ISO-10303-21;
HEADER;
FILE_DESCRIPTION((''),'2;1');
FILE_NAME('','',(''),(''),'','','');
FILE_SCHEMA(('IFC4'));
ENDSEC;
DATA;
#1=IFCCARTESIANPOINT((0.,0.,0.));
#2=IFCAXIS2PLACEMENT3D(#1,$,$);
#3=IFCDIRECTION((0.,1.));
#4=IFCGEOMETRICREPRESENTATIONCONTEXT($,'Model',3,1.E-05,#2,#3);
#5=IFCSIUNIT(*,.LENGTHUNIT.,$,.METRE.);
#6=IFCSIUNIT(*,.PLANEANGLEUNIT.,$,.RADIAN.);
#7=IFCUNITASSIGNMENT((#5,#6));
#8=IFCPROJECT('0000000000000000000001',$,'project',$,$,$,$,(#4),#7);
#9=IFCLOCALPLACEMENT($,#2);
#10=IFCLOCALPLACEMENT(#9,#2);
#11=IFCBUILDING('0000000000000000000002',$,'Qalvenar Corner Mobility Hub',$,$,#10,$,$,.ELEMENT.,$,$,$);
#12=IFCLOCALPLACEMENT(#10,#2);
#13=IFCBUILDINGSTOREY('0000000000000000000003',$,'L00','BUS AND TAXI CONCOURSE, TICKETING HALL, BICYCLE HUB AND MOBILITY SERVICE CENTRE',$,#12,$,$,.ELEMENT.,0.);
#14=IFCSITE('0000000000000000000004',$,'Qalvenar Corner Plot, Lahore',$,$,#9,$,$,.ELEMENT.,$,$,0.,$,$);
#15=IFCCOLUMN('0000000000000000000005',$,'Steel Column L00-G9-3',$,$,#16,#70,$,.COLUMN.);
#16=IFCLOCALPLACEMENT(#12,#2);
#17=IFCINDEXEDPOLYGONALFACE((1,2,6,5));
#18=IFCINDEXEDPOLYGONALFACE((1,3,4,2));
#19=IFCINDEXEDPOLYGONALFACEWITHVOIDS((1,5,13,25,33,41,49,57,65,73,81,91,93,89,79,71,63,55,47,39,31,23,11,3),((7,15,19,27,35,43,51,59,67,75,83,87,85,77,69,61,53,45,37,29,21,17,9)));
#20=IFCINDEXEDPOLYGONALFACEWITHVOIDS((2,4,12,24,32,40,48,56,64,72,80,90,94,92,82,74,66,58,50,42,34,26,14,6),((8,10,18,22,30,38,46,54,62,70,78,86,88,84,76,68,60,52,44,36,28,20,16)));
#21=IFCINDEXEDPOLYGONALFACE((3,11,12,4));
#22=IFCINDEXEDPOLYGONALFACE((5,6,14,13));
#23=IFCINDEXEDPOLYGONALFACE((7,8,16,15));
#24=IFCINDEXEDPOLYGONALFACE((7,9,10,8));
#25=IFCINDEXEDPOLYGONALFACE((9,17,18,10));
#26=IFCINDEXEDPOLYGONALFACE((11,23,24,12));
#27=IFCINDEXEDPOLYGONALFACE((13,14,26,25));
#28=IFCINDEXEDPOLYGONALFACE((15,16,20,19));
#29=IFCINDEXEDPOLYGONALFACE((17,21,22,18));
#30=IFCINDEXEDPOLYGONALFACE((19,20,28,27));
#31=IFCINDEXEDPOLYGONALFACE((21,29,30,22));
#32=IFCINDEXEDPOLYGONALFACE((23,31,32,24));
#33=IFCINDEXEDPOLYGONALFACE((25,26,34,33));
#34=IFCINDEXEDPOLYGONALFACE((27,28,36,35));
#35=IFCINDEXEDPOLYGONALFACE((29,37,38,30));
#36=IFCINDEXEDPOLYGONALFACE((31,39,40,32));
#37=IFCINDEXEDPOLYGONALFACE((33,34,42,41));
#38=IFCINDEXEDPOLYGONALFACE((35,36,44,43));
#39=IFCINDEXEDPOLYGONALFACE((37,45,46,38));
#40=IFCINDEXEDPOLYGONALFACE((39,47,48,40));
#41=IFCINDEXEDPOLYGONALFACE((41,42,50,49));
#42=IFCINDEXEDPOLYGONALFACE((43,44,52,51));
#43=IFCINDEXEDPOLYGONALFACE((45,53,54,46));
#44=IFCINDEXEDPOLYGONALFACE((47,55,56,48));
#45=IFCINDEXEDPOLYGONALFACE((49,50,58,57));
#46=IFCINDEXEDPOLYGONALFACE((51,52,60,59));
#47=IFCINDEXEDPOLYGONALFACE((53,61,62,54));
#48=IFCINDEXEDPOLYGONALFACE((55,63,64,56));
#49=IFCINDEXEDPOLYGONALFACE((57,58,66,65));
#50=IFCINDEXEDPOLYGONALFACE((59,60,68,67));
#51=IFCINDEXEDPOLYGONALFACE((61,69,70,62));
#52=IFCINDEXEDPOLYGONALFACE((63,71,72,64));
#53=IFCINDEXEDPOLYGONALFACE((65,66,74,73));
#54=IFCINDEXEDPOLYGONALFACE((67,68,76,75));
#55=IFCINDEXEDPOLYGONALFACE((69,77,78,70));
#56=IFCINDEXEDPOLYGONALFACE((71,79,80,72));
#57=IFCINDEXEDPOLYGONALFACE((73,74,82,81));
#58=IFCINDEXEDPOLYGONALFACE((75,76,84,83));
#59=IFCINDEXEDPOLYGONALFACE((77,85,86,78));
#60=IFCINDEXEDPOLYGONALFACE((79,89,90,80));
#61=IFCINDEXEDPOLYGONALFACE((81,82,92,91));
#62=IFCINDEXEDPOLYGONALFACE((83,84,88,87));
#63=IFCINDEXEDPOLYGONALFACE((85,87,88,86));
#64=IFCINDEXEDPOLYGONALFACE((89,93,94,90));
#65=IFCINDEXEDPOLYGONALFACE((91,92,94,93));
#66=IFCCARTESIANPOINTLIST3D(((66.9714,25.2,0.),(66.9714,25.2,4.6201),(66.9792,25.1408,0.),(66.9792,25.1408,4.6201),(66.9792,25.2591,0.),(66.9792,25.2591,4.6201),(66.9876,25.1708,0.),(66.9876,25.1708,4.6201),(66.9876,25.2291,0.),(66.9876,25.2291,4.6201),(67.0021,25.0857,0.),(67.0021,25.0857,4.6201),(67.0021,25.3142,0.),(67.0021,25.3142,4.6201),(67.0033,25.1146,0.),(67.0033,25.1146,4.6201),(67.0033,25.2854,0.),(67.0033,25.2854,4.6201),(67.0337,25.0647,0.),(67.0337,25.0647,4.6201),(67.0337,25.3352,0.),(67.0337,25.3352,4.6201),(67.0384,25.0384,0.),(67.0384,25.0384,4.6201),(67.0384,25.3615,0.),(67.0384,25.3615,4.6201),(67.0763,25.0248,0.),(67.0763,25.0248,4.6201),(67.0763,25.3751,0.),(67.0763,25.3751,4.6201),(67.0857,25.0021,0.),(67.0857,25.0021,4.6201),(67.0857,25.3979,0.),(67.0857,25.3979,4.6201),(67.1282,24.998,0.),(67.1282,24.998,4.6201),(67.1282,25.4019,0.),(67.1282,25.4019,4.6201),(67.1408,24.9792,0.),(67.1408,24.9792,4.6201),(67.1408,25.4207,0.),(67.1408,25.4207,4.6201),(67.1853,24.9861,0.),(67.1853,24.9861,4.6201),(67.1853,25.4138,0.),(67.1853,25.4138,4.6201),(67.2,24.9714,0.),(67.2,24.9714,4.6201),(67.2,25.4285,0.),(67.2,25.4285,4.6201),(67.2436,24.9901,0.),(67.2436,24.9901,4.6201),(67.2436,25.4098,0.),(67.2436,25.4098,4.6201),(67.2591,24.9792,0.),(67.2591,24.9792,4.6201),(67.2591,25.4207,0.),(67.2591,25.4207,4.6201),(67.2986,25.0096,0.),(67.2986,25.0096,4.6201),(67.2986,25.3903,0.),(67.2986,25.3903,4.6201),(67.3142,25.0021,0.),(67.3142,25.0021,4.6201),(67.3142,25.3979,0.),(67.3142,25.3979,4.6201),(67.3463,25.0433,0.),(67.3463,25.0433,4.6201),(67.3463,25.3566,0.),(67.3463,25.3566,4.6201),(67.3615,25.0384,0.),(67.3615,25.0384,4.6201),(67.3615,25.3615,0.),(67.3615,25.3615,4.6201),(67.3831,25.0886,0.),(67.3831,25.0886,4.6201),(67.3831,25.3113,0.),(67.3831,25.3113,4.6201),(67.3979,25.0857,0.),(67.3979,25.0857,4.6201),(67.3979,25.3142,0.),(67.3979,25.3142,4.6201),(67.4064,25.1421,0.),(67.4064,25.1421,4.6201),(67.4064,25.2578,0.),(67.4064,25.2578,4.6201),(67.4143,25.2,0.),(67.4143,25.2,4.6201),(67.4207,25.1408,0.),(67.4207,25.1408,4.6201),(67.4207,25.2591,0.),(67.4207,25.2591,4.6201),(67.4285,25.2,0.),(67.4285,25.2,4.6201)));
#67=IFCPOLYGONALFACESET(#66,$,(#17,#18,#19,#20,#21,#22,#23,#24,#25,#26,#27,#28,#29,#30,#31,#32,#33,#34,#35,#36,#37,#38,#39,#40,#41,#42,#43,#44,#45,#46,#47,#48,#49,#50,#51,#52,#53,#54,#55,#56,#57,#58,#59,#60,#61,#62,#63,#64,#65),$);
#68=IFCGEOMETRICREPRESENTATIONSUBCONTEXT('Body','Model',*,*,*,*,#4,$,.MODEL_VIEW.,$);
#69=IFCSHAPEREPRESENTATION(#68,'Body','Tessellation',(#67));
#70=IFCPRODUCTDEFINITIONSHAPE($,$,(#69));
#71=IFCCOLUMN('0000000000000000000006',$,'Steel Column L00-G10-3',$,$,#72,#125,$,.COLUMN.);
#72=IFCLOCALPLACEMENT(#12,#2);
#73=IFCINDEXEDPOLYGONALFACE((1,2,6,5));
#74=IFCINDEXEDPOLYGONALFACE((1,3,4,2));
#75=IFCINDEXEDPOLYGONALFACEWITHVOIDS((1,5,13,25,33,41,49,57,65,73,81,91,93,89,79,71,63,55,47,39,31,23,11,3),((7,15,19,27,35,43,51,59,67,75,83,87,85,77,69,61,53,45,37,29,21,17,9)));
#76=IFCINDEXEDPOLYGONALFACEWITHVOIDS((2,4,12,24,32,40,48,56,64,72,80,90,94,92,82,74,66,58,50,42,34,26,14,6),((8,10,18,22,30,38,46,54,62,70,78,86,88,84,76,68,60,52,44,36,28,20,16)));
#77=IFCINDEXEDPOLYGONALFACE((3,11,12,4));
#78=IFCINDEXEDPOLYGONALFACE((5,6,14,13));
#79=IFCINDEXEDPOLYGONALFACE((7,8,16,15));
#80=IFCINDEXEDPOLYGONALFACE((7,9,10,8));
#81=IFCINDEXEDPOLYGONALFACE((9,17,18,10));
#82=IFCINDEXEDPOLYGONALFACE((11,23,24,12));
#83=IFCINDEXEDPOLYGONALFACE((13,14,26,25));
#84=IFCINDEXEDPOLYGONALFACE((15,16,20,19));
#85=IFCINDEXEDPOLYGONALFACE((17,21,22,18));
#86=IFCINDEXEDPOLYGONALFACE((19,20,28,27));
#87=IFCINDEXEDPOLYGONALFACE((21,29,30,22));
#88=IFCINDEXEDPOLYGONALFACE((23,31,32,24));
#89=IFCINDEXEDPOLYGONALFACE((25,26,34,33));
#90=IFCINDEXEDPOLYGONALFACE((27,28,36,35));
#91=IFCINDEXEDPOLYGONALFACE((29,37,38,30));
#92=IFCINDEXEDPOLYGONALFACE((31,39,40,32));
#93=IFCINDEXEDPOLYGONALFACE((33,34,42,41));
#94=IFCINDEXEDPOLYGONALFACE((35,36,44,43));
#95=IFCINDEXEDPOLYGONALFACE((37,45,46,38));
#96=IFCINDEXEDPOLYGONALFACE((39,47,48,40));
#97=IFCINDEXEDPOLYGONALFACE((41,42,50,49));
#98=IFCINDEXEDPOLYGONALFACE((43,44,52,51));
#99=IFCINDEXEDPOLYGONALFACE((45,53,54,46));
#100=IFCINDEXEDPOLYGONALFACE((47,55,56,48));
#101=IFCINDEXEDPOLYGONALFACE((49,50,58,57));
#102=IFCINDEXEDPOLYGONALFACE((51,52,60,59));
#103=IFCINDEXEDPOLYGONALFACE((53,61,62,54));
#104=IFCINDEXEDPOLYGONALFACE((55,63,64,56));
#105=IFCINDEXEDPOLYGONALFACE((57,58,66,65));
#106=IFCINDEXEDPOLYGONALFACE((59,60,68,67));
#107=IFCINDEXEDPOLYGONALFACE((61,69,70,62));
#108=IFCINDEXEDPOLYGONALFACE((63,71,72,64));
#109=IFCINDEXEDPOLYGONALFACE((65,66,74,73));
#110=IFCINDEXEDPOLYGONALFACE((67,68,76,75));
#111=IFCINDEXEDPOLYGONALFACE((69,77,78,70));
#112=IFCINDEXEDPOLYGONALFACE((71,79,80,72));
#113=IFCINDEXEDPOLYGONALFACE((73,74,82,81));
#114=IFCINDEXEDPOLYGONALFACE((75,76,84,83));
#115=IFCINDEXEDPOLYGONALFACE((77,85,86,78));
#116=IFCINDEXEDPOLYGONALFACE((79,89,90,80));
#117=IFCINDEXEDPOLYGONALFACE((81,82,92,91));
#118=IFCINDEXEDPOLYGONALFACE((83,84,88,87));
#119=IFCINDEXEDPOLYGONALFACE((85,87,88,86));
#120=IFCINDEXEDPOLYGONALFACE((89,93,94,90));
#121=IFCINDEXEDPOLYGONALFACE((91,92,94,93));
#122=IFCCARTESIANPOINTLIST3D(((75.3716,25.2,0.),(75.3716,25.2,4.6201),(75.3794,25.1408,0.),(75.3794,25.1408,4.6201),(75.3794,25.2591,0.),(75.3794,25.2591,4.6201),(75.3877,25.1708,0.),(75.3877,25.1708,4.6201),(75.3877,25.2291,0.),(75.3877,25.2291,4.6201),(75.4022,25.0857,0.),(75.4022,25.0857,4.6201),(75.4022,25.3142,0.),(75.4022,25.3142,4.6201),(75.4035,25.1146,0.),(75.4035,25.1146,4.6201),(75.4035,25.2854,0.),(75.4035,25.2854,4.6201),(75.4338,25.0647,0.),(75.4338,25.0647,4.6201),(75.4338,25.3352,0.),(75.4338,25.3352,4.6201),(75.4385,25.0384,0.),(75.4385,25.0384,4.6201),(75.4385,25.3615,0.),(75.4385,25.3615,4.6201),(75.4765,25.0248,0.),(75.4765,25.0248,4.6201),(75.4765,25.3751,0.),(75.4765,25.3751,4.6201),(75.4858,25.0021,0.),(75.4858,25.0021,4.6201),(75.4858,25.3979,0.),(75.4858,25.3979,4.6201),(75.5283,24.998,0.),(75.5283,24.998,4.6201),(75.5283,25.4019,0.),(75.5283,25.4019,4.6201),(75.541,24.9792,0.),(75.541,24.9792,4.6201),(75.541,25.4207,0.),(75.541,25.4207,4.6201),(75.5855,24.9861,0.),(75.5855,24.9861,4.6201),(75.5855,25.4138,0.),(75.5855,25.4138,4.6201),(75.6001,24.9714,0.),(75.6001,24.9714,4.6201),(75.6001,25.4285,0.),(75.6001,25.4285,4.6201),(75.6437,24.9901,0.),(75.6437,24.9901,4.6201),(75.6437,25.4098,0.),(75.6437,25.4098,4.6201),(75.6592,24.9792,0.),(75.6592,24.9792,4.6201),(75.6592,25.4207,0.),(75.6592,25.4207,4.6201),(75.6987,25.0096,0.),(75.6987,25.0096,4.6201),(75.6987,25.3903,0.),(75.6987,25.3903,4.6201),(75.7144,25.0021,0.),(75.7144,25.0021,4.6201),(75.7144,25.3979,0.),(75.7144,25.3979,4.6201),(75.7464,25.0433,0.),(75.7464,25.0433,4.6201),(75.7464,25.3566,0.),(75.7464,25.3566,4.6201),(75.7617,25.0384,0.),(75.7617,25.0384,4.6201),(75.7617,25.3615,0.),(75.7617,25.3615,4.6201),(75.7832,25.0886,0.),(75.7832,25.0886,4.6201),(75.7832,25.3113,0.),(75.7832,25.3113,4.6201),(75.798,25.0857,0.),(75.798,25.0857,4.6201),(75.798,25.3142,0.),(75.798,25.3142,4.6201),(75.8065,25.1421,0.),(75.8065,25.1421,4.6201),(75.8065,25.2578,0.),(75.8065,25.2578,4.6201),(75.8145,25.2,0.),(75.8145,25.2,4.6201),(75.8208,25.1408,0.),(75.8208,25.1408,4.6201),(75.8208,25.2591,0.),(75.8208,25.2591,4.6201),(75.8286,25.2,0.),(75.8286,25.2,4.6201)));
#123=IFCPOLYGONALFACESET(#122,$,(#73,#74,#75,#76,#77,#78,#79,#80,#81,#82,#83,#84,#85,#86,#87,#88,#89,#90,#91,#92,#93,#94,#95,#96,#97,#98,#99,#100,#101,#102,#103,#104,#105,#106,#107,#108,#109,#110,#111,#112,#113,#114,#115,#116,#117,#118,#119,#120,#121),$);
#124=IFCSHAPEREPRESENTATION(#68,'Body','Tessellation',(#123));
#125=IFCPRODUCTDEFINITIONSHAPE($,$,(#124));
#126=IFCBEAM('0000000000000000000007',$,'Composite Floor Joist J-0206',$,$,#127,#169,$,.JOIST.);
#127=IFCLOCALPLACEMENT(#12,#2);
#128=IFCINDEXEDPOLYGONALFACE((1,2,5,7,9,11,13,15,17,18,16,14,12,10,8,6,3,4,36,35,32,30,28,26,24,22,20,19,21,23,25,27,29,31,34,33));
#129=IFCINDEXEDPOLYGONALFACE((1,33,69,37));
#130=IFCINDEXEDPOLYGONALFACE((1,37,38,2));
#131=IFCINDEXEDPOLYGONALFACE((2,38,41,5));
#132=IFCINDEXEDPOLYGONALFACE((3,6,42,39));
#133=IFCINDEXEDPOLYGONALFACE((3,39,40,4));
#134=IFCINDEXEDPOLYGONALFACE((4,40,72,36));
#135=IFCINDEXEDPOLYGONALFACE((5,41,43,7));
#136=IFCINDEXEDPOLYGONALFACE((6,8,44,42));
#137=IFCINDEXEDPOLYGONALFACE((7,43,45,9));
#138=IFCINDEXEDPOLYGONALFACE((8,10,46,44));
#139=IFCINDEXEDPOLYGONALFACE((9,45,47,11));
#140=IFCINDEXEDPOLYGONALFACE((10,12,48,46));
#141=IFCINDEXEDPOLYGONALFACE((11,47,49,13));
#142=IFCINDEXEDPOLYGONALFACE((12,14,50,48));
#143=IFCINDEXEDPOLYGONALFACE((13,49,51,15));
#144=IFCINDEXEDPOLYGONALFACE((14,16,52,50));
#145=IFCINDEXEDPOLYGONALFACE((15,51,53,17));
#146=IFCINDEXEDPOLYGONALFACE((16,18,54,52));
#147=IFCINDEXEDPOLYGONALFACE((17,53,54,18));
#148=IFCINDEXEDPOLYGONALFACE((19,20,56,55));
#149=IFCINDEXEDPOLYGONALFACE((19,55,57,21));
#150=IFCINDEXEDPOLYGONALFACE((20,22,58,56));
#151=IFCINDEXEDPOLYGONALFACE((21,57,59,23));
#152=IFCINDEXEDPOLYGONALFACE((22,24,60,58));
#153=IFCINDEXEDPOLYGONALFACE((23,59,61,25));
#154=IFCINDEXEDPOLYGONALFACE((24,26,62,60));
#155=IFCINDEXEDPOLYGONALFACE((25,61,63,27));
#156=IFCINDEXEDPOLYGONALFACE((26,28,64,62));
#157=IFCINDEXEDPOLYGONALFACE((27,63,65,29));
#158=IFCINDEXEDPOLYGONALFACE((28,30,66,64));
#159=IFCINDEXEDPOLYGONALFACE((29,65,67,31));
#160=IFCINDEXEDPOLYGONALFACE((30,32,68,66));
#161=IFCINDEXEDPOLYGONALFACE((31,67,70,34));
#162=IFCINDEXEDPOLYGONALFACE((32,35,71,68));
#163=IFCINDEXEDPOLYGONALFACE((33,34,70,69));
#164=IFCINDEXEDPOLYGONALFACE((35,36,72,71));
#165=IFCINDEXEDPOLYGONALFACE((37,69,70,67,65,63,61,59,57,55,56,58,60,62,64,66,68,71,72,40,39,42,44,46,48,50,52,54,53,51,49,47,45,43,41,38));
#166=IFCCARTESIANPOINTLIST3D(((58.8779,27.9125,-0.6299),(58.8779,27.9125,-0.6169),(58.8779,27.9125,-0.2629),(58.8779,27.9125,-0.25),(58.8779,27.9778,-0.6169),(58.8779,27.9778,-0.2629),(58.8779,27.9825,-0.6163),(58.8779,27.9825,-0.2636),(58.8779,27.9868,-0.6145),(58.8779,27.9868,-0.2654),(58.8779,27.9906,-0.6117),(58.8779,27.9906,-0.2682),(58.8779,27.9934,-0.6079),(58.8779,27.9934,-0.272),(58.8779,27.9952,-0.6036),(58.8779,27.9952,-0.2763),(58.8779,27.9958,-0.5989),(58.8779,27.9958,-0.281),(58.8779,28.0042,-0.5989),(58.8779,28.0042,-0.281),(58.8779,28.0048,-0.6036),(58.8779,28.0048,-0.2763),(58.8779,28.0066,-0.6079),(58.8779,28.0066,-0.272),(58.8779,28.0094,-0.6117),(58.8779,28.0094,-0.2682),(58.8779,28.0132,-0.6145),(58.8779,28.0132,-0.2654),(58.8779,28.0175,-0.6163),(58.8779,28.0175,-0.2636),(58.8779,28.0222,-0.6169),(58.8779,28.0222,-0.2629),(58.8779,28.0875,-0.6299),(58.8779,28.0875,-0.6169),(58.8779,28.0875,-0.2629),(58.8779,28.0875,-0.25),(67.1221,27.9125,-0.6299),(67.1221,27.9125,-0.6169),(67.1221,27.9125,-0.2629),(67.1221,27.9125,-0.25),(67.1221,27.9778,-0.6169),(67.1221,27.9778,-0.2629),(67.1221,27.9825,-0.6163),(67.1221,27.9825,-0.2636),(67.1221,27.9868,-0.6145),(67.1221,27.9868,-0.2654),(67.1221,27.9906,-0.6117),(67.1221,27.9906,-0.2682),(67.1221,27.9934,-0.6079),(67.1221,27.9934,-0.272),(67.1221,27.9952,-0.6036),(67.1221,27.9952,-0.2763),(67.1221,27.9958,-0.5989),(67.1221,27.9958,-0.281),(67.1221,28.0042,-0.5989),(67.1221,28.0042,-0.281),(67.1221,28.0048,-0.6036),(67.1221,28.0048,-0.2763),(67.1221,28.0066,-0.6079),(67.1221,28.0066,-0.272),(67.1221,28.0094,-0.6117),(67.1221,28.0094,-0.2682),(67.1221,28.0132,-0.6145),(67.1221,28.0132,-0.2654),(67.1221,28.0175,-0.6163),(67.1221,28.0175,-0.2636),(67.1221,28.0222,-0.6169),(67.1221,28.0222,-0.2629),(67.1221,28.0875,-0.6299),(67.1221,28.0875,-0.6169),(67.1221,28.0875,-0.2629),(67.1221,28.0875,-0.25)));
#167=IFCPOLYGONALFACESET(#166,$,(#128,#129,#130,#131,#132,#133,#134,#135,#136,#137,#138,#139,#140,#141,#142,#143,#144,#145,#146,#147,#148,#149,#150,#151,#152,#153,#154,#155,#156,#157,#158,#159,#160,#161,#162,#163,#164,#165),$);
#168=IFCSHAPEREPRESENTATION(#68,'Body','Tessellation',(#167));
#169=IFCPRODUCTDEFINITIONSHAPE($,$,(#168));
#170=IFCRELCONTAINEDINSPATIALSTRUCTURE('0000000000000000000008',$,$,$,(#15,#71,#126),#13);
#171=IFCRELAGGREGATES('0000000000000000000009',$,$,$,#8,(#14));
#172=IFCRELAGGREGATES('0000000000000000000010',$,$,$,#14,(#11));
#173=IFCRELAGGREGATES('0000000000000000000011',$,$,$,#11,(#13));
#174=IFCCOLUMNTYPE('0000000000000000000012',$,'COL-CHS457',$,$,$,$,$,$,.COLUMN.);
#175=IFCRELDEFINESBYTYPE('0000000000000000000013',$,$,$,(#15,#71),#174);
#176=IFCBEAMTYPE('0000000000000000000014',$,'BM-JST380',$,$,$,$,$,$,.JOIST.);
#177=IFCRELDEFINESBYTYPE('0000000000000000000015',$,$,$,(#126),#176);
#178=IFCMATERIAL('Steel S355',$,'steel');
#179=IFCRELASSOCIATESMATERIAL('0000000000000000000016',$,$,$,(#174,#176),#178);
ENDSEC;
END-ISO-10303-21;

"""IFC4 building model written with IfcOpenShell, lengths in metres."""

from ifc_helpers import new_model, si_unit, direction, frame, origin, origin_2d, place, context, subcontext, project, spatial, hollow_circle, i_section, extrude, material, material_profile, profile_set, type_object, element, save


model = new_model("IFC4")

# Units and contexts
model_context = context("Model", 3, precision=1e-05, world=origin(), true_north=direction((0.0, 1.0)))
body_context = subcontext(model_context, "Body", "Model", "MODEL_VIEW")
ifc_project = project(units=[si_unit("LENGTHUNIT", "METRE"), si_unit("PLANEANGLEUNIT", "RADIAN")], contexts=[model_context])

# Site, building, storey
site_placement = place(None, origin())
site = spatial("IfcSite", under=ifc_project, at=site_placement, Name="Qalvenar Corner Plot, Lahore", CompositionType="ELEMENT", RefElevation=0.0)
building_placement = place(site_placement, origin())
building = spatial("IfcBuilding", under=site, at=building_placement, Name="Qalvenar Corner Mobility Hub", CompositionType="ELEMENT")
storey_placement = place(building_placement, origin())
storey = spatial("IfcBuildingStorey", under=building, at=storey_placement, Name="L00", Description="BUS AND TAXI CONCOURSE, TICKETING HALL, BICYCLE HUB AND MOBILITY SERVICE CENTRE", CompositionType="ELEMENT", Elevation=0.0)

# Columns
ifc_material_1 = material(Name="Steel S355", Category="steel")
ifc_material_profile_1 = material_profile(ifc_material_1, hollow_circle(Radius=0.2285, WallThickness=0.0142, at=origin_2d()), Name="CHS457x14.2")
ifc_profile_set_1 = profile_set([ifc_material_profile_1], Name="Steel S355")
column_type = type_object("IfcColumnType", Name="COL-CHS457", PredefinedType="COLUMN", material=ifc_profile_set_1)
for number, where, z_axis, x_axis, name in (
    (1, (67.2, 25.2, 0.0), (0.0, 0.0, 1.0), (1.0, 0.0, 0.0), "Steel Column L00-G9-3"),
    (2, (75.6001, 25.2, 0.0), (0.0, 0.0, 1.0), (1.0, 0.0, 0.0), "Steel Column L00-G10-3"),
):
    element("IfcColumn", number, at=place(storey_placement, frame(where, z_axis=z_axis, x_axis=x_axis)), inside=storey, type_object=column_type, Name=name, PredefinedType="COLUMN", context=body_context, shape_type="SweptSolid", body=[
        extrude(hollow_circle(Radius=0.2285, WallThickness=0.0142, at=origin_2d()), origin(), (0.0, 0.0, 1.0), 4.6201),
    ])

# Beam
ifc_material_profile_2 = material_profile(ifc_material_1, i_section(OverallWidth=0.175, OverallDepth=0.3799, WebThickness=0.0083, FlangeThickness=0.0129, FilletRadius=0.0181, at=origin_2d()), Name="IPE380-EQ")
ifc_profile_set_2 = profile_set([ifc_material_profile_2], Name="Steel S355")
beam_type_1 = type_object("IfcBeamType", Name="BM-JST380", PredefinedType="JOIST", material=ifc_profile_set_2)
for number, where, z_axis, x_axis, name in (
    (3, (58.8779, 28.0, -0.4399), (1.0, 0.0, 0.0), (0.0, 1.0, 0.0), "Composite Floor Joist J-0206"),
):
    element("IfcBeam", number, at=place(storey_placement, frame(where, z_axis=z_axis, x_axis=x_axis)), inside=storey, type_object=beam_type_1, Name=name, PredefinedType="JOIST", context=body_context, shape_type="SweptSolid", body=[
        extrude(i_section(OverallWidth=0.175, OverallDepth=0.3799, WebThickness=0.0083, FlangeThickness=0.0129, FilletRadius=0.0181, at=origin_2d()), origin(), (0.0, 0.0, 1.0), 8.2441),
    ])

save(model, "model.ifc")
